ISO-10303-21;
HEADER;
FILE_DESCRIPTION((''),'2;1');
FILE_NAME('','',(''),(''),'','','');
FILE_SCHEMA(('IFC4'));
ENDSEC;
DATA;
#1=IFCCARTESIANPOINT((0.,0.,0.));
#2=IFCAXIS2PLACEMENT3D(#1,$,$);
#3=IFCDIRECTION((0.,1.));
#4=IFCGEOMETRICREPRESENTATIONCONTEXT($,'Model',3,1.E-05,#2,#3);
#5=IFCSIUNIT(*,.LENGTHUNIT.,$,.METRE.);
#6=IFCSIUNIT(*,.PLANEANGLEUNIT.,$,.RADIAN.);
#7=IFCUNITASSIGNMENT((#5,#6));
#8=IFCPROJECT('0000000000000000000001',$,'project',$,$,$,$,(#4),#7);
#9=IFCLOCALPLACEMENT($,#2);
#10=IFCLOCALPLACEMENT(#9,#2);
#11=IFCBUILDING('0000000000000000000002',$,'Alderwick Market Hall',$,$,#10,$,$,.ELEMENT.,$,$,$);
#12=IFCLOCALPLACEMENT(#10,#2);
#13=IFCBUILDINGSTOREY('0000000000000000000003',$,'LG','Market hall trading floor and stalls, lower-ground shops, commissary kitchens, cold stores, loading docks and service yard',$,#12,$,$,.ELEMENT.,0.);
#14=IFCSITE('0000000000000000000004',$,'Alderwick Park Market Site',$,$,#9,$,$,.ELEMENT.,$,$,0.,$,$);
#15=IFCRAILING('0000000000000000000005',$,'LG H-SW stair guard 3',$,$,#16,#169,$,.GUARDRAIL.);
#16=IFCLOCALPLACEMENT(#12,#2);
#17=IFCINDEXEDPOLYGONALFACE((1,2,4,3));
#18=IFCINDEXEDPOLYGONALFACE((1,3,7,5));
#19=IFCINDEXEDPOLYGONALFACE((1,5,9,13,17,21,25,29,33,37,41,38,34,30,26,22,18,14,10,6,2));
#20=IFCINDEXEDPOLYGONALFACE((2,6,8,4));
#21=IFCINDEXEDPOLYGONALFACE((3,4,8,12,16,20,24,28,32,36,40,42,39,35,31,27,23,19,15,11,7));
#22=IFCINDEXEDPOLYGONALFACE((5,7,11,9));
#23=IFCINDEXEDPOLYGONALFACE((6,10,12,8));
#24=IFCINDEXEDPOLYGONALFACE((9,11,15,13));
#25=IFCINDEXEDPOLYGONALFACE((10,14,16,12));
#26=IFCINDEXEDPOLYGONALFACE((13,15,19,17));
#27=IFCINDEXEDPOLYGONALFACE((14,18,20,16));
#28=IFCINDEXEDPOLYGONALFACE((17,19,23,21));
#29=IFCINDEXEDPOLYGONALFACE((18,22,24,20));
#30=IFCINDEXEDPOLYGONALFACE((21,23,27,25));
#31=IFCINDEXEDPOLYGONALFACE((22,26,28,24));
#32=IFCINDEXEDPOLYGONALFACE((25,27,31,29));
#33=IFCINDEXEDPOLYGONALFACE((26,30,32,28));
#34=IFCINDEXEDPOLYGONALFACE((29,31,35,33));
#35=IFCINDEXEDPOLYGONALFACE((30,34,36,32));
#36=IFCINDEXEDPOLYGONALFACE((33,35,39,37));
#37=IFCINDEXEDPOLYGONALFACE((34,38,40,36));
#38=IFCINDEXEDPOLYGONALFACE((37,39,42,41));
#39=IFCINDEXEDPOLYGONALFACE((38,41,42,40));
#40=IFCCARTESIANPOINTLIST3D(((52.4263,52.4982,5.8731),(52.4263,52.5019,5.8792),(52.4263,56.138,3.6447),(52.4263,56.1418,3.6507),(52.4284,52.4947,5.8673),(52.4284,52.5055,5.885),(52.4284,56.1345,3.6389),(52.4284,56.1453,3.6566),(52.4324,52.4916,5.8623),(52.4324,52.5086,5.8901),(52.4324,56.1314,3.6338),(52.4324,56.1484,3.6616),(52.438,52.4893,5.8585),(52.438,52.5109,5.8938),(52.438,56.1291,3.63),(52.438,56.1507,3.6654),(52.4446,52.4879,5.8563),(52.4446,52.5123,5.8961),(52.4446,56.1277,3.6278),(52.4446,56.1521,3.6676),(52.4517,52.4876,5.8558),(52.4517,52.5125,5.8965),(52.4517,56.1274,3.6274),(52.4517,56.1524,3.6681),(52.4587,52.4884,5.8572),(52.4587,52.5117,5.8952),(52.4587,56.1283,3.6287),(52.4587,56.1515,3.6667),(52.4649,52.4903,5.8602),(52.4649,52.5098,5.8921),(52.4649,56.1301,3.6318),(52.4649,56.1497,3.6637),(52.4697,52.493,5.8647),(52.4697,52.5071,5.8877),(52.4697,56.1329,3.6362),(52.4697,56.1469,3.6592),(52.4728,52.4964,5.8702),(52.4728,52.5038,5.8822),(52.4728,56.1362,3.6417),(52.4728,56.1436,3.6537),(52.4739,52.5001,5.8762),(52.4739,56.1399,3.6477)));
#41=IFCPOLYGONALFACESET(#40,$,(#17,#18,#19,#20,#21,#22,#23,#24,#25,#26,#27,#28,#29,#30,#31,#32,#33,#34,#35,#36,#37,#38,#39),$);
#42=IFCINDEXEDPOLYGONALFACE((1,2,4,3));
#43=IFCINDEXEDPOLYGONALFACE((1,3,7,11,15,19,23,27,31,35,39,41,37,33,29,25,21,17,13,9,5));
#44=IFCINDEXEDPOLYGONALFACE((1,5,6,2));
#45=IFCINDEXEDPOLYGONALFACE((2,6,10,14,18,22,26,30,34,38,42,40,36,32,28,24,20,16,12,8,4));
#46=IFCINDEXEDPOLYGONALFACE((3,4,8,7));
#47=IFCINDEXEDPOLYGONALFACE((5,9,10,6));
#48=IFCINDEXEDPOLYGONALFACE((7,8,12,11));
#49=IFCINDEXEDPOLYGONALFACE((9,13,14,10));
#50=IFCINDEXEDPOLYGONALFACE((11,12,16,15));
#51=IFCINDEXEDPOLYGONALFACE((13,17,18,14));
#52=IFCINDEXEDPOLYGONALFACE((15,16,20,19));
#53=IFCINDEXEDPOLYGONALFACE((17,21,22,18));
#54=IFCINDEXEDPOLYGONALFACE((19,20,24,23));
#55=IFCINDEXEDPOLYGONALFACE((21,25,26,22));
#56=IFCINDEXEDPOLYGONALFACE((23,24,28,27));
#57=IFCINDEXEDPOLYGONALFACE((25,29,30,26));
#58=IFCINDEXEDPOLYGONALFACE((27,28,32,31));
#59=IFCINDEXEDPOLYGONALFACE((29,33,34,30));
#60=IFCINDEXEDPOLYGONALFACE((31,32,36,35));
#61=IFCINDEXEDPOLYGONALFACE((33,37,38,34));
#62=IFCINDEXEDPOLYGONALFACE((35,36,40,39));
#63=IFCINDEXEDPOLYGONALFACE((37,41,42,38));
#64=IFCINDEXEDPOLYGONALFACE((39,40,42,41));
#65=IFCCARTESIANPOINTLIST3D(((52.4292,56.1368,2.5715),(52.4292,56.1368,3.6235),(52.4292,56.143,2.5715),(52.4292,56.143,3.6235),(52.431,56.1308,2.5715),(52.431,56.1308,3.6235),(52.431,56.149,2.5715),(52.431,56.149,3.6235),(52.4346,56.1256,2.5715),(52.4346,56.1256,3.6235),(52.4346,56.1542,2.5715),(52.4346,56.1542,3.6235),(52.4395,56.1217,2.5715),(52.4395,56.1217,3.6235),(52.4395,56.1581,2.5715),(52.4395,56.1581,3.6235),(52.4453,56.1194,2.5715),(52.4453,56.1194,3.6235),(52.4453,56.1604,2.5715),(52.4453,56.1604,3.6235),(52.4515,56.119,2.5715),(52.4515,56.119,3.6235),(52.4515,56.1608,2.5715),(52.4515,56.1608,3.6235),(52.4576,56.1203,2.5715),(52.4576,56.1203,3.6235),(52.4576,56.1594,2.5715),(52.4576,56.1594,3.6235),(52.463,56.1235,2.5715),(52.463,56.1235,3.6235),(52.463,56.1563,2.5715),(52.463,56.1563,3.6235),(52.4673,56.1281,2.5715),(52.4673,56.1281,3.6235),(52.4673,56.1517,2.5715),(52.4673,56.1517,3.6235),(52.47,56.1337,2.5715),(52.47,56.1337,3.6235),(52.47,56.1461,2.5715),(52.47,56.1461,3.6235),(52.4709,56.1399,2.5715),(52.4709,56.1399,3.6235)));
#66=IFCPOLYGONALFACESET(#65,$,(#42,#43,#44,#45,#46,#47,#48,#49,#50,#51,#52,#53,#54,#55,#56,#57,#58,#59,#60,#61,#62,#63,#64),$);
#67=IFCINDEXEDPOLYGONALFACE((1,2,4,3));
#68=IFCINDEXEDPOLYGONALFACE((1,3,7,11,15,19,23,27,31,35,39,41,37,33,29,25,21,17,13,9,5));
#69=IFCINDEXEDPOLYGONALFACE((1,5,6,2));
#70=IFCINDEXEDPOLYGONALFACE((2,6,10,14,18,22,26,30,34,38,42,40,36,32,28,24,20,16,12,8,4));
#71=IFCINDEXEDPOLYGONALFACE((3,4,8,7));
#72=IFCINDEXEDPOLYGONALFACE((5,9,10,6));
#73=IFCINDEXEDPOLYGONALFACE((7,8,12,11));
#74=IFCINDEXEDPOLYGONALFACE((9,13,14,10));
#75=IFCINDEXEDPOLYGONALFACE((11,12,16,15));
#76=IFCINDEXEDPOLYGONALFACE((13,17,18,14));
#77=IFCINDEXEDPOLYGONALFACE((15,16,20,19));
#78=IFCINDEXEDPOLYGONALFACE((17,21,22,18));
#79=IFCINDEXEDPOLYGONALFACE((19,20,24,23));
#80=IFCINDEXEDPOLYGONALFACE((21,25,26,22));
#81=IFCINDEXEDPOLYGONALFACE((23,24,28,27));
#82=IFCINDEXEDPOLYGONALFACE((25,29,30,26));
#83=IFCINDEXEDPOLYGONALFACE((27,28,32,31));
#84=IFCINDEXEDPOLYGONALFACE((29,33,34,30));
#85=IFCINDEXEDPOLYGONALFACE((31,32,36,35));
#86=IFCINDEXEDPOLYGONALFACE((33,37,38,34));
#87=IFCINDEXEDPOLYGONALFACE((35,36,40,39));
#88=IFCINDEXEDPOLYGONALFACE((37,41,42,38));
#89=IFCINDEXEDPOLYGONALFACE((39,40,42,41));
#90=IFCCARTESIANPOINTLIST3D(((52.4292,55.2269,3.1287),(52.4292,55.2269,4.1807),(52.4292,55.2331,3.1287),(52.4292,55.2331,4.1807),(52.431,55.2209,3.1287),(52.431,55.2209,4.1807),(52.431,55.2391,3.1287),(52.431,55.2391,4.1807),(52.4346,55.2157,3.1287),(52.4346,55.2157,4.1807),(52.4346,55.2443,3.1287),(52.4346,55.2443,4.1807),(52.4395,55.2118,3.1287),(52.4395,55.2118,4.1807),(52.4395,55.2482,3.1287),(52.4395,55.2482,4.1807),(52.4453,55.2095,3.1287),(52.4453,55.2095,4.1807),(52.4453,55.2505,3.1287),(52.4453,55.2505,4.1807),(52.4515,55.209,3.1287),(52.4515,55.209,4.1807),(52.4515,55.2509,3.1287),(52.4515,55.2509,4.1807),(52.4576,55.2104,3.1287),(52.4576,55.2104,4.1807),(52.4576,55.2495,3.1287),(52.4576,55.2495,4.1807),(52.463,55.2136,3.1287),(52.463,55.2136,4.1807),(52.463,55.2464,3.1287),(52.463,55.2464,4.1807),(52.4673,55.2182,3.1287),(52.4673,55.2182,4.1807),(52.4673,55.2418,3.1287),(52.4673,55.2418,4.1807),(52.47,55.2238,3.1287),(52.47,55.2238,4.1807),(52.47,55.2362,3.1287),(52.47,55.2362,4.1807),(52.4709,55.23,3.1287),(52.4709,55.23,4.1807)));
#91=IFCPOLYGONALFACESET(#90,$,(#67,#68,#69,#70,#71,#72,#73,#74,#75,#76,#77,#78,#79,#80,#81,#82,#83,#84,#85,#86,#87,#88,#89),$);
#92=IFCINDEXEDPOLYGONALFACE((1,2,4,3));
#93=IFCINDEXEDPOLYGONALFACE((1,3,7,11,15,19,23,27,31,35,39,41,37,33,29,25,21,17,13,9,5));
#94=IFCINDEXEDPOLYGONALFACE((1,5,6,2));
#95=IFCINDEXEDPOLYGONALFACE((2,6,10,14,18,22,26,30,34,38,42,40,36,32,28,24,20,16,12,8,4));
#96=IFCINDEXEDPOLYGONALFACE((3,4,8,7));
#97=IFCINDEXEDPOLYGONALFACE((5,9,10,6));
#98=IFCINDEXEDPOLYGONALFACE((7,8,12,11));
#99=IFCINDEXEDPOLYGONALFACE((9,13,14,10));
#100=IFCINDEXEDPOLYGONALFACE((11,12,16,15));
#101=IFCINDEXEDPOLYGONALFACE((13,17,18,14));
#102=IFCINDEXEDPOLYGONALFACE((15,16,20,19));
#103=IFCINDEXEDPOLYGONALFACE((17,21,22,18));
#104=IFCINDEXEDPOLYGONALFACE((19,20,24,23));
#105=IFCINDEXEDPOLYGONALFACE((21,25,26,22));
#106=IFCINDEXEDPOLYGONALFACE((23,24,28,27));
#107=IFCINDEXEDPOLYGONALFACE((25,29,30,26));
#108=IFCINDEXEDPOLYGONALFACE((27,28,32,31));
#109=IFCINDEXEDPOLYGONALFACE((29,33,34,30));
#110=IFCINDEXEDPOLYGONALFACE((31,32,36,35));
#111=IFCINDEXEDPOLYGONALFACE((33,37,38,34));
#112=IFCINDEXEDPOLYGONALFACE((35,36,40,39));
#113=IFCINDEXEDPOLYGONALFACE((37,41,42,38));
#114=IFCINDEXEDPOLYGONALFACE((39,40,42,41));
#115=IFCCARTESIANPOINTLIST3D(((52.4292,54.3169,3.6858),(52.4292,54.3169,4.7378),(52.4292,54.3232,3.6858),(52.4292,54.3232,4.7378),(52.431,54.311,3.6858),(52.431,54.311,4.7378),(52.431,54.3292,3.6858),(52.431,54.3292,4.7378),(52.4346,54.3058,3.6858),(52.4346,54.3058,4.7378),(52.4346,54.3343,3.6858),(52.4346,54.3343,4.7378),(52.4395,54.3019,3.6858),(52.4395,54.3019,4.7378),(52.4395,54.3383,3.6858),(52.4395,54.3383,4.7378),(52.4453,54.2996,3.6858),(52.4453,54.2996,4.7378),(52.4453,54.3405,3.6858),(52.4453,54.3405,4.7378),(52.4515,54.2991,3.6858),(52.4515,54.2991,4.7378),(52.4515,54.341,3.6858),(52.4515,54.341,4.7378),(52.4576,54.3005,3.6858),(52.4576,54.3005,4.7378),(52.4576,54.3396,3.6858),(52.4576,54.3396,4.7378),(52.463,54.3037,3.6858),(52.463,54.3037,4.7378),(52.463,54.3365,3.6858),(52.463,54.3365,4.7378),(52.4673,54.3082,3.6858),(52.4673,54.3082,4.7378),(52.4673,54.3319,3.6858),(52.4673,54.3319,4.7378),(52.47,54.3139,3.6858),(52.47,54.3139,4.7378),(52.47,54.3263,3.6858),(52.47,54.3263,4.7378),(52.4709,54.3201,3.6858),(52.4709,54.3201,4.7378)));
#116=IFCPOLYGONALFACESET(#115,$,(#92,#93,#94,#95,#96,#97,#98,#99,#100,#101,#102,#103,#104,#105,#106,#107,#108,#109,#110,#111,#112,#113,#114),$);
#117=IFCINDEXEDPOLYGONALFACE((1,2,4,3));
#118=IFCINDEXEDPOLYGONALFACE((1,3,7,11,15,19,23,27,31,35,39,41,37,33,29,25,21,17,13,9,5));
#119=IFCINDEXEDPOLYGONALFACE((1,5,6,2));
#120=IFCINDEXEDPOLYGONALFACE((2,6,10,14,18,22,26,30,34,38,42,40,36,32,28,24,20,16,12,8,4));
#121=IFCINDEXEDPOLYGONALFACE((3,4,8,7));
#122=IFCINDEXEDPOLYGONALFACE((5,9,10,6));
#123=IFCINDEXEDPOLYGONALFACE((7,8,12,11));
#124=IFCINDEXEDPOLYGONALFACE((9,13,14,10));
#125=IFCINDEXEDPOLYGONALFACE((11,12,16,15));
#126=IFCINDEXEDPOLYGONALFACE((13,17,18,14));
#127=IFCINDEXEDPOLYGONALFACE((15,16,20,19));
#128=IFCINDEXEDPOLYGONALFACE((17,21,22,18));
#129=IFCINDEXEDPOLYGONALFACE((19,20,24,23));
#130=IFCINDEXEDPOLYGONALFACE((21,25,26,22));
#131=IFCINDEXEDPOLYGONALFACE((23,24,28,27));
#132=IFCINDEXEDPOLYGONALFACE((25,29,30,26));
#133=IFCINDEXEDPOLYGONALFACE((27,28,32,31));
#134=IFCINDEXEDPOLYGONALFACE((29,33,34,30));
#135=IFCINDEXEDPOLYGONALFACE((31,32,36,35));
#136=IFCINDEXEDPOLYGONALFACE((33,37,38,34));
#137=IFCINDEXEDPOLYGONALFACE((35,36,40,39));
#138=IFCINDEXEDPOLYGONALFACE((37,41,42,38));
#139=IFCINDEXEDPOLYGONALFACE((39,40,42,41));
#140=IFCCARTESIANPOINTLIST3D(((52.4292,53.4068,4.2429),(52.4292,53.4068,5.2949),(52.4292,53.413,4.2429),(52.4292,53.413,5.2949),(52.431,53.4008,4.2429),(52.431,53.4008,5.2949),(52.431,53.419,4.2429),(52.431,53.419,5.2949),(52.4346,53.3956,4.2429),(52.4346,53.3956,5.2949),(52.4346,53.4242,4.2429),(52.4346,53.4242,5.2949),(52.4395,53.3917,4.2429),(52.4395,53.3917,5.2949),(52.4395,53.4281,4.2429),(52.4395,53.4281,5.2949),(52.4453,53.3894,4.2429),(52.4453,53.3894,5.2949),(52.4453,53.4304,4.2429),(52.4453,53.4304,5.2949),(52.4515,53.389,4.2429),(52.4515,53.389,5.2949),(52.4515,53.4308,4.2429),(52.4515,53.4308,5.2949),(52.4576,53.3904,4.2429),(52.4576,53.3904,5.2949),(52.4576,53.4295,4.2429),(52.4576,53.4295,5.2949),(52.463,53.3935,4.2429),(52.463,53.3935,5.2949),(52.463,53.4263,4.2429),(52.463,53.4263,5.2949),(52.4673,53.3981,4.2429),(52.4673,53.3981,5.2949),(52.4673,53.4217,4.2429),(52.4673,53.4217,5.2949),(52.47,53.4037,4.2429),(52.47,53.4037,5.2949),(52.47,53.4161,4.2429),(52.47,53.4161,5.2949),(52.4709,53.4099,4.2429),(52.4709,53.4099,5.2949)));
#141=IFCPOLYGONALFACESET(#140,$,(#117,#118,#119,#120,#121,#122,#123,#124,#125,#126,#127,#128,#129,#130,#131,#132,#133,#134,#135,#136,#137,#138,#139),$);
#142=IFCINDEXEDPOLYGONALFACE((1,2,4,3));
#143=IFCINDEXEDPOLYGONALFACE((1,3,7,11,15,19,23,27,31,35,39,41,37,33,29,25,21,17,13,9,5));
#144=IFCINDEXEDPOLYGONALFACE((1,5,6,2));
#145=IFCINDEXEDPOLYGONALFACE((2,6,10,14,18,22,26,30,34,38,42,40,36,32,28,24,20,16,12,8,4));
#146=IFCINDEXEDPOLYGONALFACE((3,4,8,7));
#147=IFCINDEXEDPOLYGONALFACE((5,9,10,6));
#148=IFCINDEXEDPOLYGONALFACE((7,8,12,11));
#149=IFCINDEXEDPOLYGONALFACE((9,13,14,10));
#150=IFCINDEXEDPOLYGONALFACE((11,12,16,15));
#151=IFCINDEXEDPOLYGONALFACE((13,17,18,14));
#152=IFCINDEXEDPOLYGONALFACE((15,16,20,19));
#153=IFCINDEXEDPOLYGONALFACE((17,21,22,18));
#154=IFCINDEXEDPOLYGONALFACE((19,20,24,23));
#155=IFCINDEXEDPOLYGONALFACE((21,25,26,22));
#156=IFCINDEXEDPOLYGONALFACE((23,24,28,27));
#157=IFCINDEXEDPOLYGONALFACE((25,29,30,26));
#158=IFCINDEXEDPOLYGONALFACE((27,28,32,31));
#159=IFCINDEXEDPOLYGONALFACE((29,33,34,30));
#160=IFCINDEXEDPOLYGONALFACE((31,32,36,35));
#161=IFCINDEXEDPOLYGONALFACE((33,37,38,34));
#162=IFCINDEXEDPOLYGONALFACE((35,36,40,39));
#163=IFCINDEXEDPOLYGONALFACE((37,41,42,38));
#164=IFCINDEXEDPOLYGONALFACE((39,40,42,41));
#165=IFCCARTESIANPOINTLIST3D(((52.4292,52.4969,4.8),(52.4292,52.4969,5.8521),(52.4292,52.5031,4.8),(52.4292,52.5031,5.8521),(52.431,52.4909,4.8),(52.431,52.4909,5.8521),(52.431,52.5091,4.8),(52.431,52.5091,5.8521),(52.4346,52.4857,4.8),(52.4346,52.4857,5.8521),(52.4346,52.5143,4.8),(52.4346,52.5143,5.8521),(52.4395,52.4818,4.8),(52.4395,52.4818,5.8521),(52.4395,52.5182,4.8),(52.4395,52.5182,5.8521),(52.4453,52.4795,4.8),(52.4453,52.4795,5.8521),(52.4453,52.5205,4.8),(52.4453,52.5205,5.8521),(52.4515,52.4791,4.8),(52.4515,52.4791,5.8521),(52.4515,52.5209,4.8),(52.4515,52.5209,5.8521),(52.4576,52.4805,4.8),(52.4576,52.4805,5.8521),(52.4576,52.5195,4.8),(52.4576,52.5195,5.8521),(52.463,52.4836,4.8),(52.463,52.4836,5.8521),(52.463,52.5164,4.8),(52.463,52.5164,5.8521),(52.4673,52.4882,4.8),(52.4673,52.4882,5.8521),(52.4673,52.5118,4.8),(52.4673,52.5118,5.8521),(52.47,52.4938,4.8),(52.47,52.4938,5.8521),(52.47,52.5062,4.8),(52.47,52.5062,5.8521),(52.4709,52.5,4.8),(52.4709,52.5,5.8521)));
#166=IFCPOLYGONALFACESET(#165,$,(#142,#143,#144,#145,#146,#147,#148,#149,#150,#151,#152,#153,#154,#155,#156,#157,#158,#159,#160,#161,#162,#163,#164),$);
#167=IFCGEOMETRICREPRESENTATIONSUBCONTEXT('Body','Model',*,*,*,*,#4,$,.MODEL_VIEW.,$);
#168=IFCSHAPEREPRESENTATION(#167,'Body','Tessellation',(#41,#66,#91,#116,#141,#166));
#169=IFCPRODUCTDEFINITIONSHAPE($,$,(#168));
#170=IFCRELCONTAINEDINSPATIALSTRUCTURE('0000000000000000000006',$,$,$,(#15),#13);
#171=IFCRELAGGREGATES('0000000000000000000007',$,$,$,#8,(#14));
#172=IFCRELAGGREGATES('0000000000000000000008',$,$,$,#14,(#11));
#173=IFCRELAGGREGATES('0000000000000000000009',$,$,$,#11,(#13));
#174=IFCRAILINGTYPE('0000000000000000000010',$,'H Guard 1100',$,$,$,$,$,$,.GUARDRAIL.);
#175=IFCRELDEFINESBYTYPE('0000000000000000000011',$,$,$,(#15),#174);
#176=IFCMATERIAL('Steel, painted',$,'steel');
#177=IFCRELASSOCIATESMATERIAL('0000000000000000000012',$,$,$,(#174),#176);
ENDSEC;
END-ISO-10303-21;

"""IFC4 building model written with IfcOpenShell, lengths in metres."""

from ifc_helpers import new_model, si_unit, direction, frame, origin, origin_2d, place, context, subcontext, project, spatial, circle, extrude, material, type_object, element, save


model = new_model("IFC4")

# Units and contexts
model_context = context("Model", 3, precision=1e-05, world=origin(), true_north=direction((0.0, 1.0)))
body_context = subcontext(model_context, "Body", "Model", "MODEL_VIEW")
ifc_project = project(units=[si_unit("LENGTHUNIT", "METRE"), si_unit("PLANEANGLEUNIT", "RADIAN")], contexts=[model_context])

# Site, building, storey
site_placement = place(None, origin())
site = spatial("IfcSite", under=ifc_project, at=site_placement, Name="Alderwick Park Market Site", CompositionType="ELEMENT", RefElevation=0.0)
building_placement = place(site_placement, origin())
building = spatial("IfcBuilding", under=site, at=building_placement, Name="Alderwick Market Hall", CompositionType="ELEMENT")
storey_placement = place(building_placement, origin())
storey = spatial("IfcBuildingStorey", under=building, at=storey_placement, Name="LG", Description="Market hall trading floor and stalls, lower-ground shops, commissary kitchens, cold stores, loading docks and service yard", CompositionType="ELEMENT", Elevation=0.0)

# Railing
ifc_material_1 = material(Name="Steel, painted", Category="steel")
railing_type_1 = type_object("IfcRailingType", Name="H Guard 1100", PredefinedType="GUARDRAIL", material=ifc_material_1)
railing_1_placement = place(storey_placement, frame((52.45, 56.1399, 2.5715)))
element("IfcRailing", 1, at=railing_1_placement, inside=storey, type_object=railing_type_1, Name="LG H-SW stair guard 3", PredefinedType="GUARDRAIL", context=body_context, shape_type="SweptSolid", body=[
    extrude(circle(Radius=0.0239, at=origin_2d()), frame((0.0, 0.0, 1.0762), z_axis=(0.0, -0.85285, 0.522156), x_axis=(1.0, 0.0, 0.0)), (0.0, 0.0, 1.0), 4.2678),
    extrude(circle(Radius=0.021, at=origin_2d()), origin(), (0.0, 0.0, 1.0), 1.052),
    extrude(circle(Radius=0.021, at=origin_2d()), frame((0.0, -0.9099, 0.5571)), (0.0, 0.0, 1.0), 1.052),
    extrude(circle(Radius=0.021, at=origin_2d()), frame((0.0, -1.8198, 1.1143)), (0.0, 0.0, 1.0), 1.052),
    extrude(circle(Radius=0.021, at=origin_2d()), frame((0.0, -2.73, 1.6714)), (0.0, 0.0, 1.0), 1.052),
    extrude(circle(Radius=0.021, at=origin_2d()), frame((0.0, -3.6399, 2.2285)), (0.0, 0.0, 1.0), 1.052),
])

save(model, "model.ifc")
